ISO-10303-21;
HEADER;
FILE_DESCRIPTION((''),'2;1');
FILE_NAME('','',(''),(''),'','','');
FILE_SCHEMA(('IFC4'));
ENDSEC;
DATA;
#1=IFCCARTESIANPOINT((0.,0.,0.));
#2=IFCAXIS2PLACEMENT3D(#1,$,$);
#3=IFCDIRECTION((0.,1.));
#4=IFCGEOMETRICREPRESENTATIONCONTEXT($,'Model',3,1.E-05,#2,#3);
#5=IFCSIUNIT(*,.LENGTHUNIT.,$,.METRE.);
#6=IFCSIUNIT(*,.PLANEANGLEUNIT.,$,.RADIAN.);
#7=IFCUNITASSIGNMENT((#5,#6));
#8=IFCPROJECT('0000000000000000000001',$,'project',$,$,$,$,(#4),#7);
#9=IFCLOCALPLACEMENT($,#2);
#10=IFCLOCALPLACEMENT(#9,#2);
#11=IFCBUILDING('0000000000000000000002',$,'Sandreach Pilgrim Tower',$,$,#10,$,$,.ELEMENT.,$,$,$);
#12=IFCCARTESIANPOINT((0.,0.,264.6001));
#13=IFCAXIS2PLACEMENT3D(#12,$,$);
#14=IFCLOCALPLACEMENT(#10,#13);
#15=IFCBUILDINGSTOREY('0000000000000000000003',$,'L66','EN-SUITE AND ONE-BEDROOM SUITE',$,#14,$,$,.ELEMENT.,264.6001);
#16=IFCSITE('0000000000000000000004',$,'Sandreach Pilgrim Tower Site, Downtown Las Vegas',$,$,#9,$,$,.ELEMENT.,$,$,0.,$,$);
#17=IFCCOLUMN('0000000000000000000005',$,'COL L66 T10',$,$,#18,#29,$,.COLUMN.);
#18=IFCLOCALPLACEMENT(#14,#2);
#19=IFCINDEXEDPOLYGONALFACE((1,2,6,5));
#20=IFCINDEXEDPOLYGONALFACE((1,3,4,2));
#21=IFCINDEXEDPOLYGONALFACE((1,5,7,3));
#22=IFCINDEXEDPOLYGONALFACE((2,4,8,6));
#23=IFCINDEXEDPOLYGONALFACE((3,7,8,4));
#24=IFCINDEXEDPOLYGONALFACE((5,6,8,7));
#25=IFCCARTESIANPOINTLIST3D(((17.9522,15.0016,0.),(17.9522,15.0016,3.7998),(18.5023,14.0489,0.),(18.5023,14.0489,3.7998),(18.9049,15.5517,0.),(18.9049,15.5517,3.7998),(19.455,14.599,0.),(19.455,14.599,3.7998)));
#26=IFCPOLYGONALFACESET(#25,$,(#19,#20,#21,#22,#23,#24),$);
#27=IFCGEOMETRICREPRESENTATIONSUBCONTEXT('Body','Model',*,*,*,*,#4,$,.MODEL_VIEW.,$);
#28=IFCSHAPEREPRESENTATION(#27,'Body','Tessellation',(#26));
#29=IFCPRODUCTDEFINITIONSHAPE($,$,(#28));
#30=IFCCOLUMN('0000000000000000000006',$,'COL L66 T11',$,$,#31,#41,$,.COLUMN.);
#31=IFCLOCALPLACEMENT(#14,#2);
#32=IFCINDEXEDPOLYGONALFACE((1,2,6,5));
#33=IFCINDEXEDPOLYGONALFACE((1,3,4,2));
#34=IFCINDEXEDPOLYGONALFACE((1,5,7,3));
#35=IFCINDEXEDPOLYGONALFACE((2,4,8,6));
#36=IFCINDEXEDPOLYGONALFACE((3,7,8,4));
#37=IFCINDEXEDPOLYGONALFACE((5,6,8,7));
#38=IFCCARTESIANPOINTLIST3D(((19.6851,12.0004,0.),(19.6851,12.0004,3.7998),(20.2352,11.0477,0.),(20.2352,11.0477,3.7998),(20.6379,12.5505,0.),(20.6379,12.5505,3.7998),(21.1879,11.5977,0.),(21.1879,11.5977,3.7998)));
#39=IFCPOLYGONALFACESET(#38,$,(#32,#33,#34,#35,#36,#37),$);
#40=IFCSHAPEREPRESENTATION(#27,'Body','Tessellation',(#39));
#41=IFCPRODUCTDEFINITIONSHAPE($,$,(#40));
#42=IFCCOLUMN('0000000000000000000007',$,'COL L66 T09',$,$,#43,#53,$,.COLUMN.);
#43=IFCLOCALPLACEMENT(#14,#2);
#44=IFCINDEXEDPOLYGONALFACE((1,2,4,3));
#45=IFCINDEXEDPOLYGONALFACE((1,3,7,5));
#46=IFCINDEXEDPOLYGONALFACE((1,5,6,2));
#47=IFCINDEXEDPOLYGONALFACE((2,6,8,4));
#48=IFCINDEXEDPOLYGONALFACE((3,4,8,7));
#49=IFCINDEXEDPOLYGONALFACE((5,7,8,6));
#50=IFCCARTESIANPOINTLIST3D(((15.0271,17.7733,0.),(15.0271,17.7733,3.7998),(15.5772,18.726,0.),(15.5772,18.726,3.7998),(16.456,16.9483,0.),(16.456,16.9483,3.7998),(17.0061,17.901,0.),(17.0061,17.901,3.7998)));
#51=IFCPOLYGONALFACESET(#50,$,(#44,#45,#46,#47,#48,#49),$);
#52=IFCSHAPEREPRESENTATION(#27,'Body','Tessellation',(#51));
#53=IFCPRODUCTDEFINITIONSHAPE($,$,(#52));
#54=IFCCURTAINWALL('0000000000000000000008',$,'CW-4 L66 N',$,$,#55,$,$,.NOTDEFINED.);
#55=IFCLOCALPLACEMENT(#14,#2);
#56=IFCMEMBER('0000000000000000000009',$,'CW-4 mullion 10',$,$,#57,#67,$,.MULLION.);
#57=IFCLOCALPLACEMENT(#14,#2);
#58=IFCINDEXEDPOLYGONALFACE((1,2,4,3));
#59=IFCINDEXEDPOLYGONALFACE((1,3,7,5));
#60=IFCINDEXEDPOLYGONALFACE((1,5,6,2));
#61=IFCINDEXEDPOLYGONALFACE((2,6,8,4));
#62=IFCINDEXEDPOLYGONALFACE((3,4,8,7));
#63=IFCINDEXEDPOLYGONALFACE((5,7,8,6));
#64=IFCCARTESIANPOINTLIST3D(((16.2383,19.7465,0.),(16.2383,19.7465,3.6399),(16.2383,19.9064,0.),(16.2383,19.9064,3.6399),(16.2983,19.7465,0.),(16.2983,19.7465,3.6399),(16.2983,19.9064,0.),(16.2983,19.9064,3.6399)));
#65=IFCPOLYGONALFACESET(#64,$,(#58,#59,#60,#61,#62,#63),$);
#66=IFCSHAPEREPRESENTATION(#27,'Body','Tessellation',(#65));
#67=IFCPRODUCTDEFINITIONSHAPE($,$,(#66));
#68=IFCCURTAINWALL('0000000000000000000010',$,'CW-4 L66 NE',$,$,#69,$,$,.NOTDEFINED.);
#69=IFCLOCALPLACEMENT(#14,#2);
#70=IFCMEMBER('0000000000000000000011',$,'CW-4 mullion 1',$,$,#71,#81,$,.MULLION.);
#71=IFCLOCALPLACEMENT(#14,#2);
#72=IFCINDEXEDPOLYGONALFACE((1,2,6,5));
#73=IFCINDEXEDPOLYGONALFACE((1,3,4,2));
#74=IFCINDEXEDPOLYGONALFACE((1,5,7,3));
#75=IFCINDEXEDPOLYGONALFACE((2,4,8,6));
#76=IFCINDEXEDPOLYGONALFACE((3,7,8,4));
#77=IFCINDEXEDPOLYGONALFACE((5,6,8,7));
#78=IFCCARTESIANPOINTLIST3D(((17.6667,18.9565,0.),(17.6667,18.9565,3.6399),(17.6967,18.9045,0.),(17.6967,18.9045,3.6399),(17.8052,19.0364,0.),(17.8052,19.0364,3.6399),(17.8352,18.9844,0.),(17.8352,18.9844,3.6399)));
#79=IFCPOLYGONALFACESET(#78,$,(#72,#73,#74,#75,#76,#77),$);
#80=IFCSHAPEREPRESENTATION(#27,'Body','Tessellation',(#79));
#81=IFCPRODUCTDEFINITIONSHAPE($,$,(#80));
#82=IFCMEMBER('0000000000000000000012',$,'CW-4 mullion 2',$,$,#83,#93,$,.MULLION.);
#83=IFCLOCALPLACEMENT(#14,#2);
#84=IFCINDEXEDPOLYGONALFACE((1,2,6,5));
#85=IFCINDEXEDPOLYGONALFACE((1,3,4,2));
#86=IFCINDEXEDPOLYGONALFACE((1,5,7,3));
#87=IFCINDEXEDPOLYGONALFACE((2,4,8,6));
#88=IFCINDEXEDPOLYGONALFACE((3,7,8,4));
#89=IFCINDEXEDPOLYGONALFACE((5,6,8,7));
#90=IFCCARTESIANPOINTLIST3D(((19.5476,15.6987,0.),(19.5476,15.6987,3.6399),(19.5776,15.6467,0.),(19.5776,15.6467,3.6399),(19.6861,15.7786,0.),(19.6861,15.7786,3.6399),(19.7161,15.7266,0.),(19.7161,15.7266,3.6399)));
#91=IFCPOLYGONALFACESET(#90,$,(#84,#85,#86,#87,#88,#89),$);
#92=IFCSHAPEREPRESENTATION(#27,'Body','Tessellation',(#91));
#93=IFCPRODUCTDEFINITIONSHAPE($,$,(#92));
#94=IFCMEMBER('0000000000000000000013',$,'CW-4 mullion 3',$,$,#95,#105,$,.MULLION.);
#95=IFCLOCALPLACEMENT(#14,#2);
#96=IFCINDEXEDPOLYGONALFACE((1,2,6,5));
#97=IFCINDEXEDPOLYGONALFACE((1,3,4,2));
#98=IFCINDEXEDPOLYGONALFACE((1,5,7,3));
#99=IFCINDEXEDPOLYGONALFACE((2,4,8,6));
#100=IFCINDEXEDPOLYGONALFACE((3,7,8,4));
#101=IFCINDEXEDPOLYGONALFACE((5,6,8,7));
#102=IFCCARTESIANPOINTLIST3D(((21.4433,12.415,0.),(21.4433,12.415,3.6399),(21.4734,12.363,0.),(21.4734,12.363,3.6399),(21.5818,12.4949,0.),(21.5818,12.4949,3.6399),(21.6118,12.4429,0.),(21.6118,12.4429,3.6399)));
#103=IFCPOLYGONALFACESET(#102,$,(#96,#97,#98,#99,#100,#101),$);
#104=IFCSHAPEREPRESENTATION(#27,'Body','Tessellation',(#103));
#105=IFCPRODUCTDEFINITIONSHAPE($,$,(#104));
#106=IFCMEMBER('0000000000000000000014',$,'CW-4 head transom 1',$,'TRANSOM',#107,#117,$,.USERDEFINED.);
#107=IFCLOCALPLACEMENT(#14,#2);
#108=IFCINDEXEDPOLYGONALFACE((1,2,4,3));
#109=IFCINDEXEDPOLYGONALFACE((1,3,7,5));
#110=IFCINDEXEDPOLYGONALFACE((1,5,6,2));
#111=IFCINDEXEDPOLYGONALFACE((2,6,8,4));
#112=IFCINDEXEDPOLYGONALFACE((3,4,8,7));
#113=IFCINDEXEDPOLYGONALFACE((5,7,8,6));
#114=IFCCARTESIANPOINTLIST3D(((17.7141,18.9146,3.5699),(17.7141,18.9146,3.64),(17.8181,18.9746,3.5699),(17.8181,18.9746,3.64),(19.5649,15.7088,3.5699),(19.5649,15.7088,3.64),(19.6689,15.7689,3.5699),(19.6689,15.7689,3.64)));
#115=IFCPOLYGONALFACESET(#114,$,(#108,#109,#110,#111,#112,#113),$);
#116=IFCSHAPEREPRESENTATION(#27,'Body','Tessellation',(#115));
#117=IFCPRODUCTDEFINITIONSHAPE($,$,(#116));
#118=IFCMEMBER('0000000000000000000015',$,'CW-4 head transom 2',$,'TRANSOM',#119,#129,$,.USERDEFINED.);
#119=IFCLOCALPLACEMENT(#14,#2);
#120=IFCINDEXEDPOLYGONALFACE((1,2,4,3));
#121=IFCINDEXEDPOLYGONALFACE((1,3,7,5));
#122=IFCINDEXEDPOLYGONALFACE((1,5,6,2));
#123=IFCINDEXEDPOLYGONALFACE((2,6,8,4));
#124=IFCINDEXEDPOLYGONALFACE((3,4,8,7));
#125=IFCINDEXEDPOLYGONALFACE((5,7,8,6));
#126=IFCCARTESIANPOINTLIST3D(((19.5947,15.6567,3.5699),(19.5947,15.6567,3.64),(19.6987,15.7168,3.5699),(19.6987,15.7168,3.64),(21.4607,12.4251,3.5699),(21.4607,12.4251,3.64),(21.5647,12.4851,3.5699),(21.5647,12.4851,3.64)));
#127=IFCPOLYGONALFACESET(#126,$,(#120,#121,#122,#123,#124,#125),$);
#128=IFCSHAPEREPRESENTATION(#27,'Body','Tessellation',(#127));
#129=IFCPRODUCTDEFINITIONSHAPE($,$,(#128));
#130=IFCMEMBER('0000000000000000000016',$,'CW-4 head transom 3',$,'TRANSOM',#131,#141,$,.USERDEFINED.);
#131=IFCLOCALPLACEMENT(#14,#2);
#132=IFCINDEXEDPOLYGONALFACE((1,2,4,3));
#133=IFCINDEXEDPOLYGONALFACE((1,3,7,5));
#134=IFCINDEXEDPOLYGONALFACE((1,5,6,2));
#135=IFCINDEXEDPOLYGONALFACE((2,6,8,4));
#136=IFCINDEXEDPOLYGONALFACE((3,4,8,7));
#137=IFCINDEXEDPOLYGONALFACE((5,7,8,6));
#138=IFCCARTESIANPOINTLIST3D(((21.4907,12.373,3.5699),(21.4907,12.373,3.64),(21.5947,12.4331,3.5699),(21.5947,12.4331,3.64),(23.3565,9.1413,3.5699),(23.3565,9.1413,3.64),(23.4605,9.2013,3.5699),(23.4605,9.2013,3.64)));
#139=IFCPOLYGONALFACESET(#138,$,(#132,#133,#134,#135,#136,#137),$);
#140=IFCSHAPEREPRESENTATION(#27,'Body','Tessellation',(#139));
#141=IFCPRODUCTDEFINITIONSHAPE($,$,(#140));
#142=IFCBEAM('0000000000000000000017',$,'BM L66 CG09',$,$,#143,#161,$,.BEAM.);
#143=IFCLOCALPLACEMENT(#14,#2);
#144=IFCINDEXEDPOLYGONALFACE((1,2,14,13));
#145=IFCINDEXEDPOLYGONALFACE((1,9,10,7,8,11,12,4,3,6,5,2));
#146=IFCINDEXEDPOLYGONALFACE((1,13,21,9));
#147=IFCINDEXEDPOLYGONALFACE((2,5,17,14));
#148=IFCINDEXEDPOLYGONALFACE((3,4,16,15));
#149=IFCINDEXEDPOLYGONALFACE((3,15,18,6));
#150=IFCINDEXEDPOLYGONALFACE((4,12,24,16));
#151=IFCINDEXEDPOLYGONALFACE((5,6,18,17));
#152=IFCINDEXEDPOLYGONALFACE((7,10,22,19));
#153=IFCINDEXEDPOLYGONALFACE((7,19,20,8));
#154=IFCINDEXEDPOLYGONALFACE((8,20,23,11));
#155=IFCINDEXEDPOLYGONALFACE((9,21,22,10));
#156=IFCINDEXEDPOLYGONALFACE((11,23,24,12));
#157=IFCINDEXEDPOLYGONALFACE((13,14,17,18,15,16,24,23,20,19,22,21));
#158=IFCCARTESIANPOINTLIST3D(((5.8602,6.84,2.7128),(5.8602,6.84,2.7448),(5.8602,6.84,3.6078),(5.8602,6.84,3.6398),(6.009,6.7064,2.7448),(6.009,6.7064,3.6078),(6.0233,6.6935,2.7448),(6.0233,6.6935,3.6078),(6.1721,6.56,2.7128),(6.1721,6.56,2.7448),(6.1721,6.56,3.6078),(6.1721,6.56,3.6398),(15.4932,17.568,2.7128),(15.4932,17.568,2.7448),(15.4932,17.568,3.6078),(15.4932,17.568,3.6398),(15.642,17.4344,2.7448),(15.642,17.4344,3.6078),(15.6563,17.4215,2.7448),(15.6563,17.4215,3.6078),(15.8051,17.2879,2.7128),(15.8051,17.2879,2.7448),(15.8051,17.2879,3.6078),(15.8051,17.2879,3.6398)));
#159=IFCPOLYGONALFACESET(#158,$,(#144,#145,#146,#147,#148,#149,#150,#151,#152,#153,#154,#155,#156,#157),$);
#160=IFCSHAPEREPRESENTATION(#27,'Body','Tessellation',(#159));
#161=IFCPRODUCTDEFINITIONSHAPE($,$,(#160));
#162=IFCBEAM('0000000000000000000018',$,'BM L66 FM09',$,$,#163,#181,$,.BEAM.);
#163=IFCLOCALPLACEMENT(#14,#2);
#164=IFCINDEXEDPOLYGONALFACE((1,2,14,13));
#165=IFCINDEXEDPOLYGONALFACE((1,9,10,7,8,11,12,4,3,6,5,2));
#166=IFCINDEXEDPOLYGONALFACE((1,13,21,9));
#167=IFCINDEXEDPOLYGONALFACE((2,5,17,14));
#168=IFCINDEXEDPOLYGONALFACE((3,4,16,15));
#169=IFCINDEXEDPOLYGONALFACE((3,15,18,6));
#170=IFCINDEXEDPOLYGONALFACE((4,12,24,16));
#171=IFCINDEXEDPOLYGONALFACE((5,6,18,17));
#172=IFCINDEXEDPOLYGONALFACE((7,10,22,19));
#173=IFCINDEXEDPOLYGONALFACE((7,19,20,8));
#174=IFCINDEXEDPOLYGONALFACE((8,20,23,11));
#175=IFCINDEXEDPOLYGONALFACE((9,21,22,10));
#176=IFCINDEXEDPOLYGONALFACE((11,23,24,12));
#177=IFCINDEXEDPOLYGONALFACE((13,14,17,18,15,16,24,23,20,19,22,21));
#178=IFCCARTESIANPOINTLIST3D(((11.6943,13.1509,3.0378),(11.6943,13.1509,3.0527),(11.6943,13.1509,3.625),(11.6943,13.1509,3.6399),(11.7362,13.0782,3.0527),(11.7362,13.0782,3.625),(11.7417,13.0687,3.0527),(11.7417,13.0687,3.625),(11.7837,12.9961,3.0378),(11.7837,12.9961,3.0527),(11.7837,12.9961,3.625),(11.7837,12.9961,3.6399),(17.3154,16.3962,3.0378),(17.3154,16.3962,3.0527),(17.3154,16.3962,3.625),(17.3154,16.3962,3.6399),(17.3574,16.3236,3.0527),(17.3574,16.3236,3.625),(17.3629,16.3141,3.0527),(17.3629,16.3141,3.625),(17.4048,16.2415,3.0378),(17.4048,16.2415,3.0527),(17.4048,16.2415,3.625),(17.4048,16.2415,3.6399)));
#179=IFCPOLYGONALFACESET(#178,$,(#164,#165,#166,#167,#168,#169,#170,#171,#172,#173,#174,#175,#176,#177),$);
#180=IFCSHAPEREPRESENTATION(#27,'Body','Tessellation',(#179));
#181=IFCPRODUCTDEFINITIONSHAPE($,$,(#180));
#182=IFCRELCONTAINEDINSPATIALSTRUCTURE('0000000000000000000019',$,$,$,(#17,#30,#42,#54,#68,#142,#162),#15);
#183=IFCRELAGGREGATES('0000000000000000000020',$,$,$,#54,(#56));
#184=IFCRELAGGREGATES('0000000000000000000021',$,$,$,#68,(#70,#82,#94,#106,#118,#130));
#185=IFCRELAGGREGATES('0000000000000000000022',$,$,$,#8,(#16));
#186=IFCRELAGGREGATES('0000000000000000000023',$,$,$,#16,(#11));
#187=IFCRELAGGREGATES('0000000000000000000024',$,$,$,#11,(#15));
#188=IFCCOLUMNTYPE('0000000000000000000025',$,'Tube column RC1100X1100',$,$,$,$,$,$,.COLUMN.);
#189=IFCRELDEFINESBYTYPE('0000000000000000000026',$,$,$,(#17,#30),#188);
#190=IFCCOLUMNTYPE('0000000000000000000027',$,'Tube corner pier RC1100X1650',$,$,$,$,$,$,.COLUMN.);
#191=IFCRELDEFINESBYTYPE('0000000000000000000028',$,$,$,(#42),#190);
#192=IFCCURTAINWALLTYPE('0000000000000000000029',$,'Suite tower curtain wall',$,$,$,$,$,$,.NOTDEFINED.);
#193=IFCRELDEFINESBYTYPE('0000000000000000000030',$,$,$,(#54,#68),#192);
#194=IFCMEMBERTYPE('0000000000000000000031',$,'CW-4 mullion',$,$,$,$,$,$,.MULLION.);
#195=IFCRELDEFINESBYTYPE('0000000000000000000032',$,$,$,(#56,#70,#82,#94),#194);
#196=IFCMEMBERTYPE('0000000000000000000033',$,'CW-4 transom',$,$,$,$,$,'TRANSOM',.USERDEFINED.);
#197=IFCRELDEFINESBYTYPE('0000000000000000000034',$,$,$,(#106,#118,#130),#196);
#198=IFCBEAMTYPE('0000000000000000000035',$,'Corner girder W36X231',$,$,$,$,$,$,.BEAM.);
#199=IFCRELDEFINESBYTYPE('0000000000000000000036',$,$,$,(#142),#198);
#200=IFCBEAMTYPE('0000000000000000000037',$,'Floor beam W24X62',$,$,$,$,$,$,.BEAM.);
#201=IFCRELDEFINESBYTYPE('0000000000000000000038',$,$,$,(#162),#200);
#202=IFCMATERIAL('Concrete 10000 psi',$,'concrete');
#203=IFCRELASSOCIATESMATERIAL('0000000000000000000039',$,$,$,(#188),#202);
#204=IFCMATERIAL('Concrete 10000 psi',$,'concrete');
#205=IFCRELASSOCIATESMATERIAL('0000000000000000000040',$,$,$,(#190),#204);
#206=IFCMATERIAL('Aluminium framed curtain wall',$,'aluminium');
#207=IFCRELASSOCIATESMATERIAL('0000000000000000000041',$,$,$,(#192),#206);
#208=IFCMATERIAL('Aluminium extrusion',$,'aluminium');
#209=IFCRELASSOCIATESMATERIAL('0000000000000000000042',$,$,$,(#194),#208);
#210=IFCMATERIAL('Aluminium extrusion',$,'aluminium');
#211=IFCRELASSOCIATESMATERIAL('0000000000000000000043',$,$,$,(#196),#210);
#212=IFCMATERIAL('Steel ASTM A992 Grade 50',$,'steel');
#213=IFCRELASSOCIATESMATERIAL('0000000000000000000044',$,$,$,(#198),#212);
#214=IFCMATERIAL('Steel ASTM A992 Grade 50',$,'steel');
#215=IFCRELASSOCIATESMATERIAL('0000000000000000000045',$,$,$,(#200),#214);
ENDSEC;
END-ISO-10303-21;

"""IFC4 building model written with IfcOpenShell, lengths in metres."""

from ifc_helpers import new_model, si_unit, direction, frame, origin, origin_2d, place, context, subcontext, project, spatial, rectangle, i_section, extrude, material, material_profile, profile_set, type_object, element, aggregate, save


model = new_model("IFC4")

# Units and contexts
model_context = context("Model", 3, precision=1e-05, world=origin(), true_north=direction((0.0, 1.0)))
body_context = subcontext(model_context, "Body", "Model", "MODEL_VIEW")
ifc_project = project(units=[si_unit("LENGTHUNIT", "METRE"), si_unit("PLANEANGLEUNIT", "RADIAN")], contexts=[model_context])

# Site, building, storey
site_placement = place(None, origin())
site = spatial("IfcSite", under=ifc_project, at=site_placement, Name="Sandreach Pilgrim Tower Site, Downtown Las Vegas", CompositionType="ELEMENT", RefElevation=0.0)
building_placement = place(site_placement, origin())
building = spatial("IfcBuilding", under=site, at=building_placement, Name="Sandreach Pilgrim Tower", CompositionType="ELEMENT")
storey_placement = place(building_placement, frame((0.0, 0.0, 264.6001)))
storey = spatial("IfcBuildingStorey", under=building, at=storey_placement, Name="L66", Description="EN-SUITE AND ONE-BEDROOM SUITE", CompositionType="ELEMENT", Elevation=264.6001)

# Columns
ifc_material_1 = material(Name="Concrete 10000 psi", Category="concrete")
ifc_material_profile_1 = material_profile(ifc_material_1, rectangle(XDim=1.1001, YDim=1.1001, at=origin_2d()), Name="RC1100X1100")
ifc_profile_set_1 = profile_set([ifc_material_profile_1], Name="Concrete 10000 psi")
column_type_1 = type_object("IfcColumnType", Name="Tube column RC1100X1100", PredefinedType="COLUMN", material=ifc_profile_set_1)
for number, where, z_axis, x_axis, name in (
    (1, (18.7036, 14.8003, 0.0), (0.0, 0.0, 1.0), (0.866025, 0.5, 0.0), "COL L66 T10"),
    (2, (20.4365, 11.7991, 0.0), (0.0, 0.0, 1.0), (0.866025, 0.5, 0.0), "COL L66 T11"),
):
    element("IfcColumn", number, at=place(storey_placement, frame(where, z_axis=z_axis, x_axis=x_axis)), inside=storey, type_object=column_type_1, Name=name, PredefinedType="COLUMN", context=body_context, shape_type="SweptSolid", body=[
        extrude(rectangle(XDim=1.1001, YDim=1.1001, at=origin_2d()), origin(), (0.0, 0.0, 1.0), 3.7998),
    ])
ifc_material_2 = material(Name="Concrete 10000 psi", Category="concrete")
ifc_material_profile_2 = material_profile(ifc_material_2, rectangle(XDim=1.1001, YDim=1.6499, at=origin_2d()), Name="RC1100X1650")
ifc_profile_set_2 = profile_set([ifc_material_profile_2], Name="Concrete 10000 psi")
column_type_2 = type_object("IfcColumnType", Name="Tube corner pier RC1100X1650", PredefinedType="COLUMN", material=ifc_profile_set_2)
column_placement = place(storey_placement, frame((16.0166, 17.8372, 0.0), z_axis=(0.0, 0.0, 1.0), x_axis=(0.5, 0.866025, 0.0)))
element("IfcColumn", 3, at=column_placement, inside=storey, type_object=column_type_2, Name="COL L66 T09", PredefinedType="COLUMN", context=body_context, shape_type="SweptSolid", body=[
    extrude(rectangle(XDim=1.1001, YDim=1.6499, at=origin_2d()), origin(), (0.0, 0.0, 1.0), 3.7998),
])

# Curtain wall, member
ifc_material_3 = material(Name="Aluminium framed curtain wall", Category="aluminium")
curtain_wall_type = type_object("IfcCurtainWallType", Name="Suite tower curtain wall", PredefinedType="NOTDEFINED", material=ifc_material_3)
curtain_wall_1_placement = place(storey_placement, origin())
curtain_wall_1 = element("IfcCurtainWall", 4, at=curtain_wall_1_placement, inside=storey, type_object=curtain_wall_type, Name="CW-4 L66 N", PredefinedType="NOTDEFINED")
ifc_material_4 = material(Name="Aluminium extrusion", Category="aluminium")
ifc_material_profile_3 = material_profile(ifc_material_4, rectangle(XDim=0.0601, YDim=0.1599, at=origin_2d()), Name="CW-4M 60X160")
ifc_profile_set_3 = profile_set([ifc_material_profile_3], Name="Aluminium extrusion")
member_type_1 = type_object("IfcMemberType", Name="CW-4 mullion", PredefinedType="MULLION", material=ifc_profile_set_3)
member_1_placement = place(storey_placement, frame((16.2683, 19.8264, 0.0), z_axis=(0.0, 0.0, 1.0), x_axis=(1.0, 0.0, 0.0)))
member_1 = element("IfcMember", 5, at=member_1_placement, type_object=member_type_1, Name="CW-4 mullion 10", PredefinedType="MULLION", context=body_context, shape_type="SweptSolid", body=[
    extrude(rectangle(XDim=0.0601, YDim=0.1599, at=origin_2d()), origin(), (0.0, 0.0, 1.0), 3.6399),
])
aggregate(curtain_wall_1, [member_1])

# Curtain wall, members
curtain_wall_2_placement = place(storey_placement, origin())
curtain_wall_2 = element("IfcCurtainWall", 6, at=curtain_wall_2_placement, inside=storey, type_object=curtain_wall_type, Name="CW-4 L66 NE", PredefinedType="NOTDEFINED")
member_2_placement = place(storey_placement, frame((17.751, 18.9705, 0.0), z_axis=(0.0, 0.0, 1.0), x_axis=(0.5, -0.866025, 0.0)))
member_2 = element("IfcMember", 7, at=member_2_placement, type_object=member_type_1, Name="CW-4 mullion 1", PredefinedType="MULLION", context=body_context, shape_type="SweptSolid", body=[
    extrude(rectangle(XDim=0.0601, YDim=0.1599, at=origin_2d()), origin(), (0.0, 0.0, 1.0), 3.6399),
])
member_3_placement = place(storey_placement, frame((19.6318, 15.7126, 0.0), z_axis=(0.0, 0.0, 1.0), x_axis=(0.5, -0.866025, 0.0)))
member_3 = element("IfcMember", 8, at=member_3_placement, type_object=member_type_1, Name="CW-4 mullion 2", PredefinedType="MULLION", context=body_context, shape_type="SweptSolid", body=[
    extrude(rectangle(XDim=0.0601, YDim=0.1599, at=origin_2d()), origin(), (0.0, 0.0, 1.0), 3.6399),
])
member_4_placement = place(storey_placement, frame((21.5276, 12.429, 0.0), z_axis=(0.0, 0.0, 1.0), x_axis=(0.5, -0.866025, 0.0)))
member_4 = element("IfcMember", 9, at=member_4_placement, type_object=member_type_1, Name="CW-4 mullion 3", PredefinedType="MULLION", context=body_context, shape_type="SweptSolid", body=[
    extrude(rectangle(XDim=0.0601, YDim=0.1599, at=origin_2d()), origin(), (0.0, 0.0, 1.0), 3.6399),
])
ifc_material_5 = material(Name="Aluminium extrusion", Category="aluminium")
ifc_material_profile_4 = material_profile(ifc_material_5, rectangle(XDim=0.1201, YDim=0.0701, at=origin_2d()), Name="CW-4T 120X70")
ifc_profile_set_4 = profile_set([ifc_material_profile_4], Name="Aluminium extrusion")
member_type_2 = type_object("IfcMemberType", Name="CW-4 transom", ElementType="TRANSOM", PredefinedType="USERDEFINED", material=ifc_profile_set_4)
member_5_placement = place(storey_placement, frame((17.7661, 18.9446, 3.605), z_axis=(0.499991, -0.866031, 0.0), x_axis=(0.866031, 0.499991, 0.0)))
member_5 = element("IfcMember", 10, at=member_5_placement, type_object=member_type_2, Name="CW-4 head transom 1", ObjectType="TRANSOM", PredefinedType="USERDEFINED", context=body_context, shape_type="SweptSolid", body=[
    extrude(rectangle(XDim=0.1201, YDim=0.0701, at=origin_2d()), origin(), (0.0, 0.0, 1.0), 3.7017),
])
member_6_placement = place(storey_placement, frame((19.6467, 15.6868, 3.605), z_axis=(0.50003, -0.866008, 0.0), x_axis=(0.866008, 0.50003, 0.0)))
member_6 = element("IfcMember", 11, at=member_6_placement, type_object=member_type_2, Name="CW-4 head transom 2", ObjectType="TRANSOM", PredefinedType="USERDEFINED", context=body_context, shape_type="SweptSolid", body=[
    extrude(rectangle(XDim=0.1201, YDim=0.0701, at=origin_2d()), origin(), (0.0, 0.0, 1.0), 3.7317),
])
member_7_placement = place(storey_placement, frame((21.5427, 12.4031, 3.605), z_axis=(0.499981, -0.866036, 0.0), x_axis=(0.866036, 0.499981, 0.0)))
member_7 = element("IfcMember", 12, at=member_7_placement, type_object=member_type_2, Name="CW-4 head transom 3", ObjectType="TRANSOM", PredefinedType="USERDEFINED", context=body_context, shape_type="SweptSolid", body=[
    extrude(rectangle(XDim=0.1201, YDim=0.0701, at=origin_2d()), origin(), (0.0, 0.0, 1.0), 3.7317),
])

# Beams
ifc_material_6 = material(Name="Steel ASTM A992 Grade 50", Category="steel")
ifc_material_profile_5 = material_profile(ifc_material_6, i_section(OverallWidth=0.4192, OverallDepth=0.927, WebThickness=0.0193, FlangeThickness=0.032, at=origin_2d()), Name="W36X231")
ifc_profile_set_5 = profile_set([ifc_material_profile_5], Name="Steel ASTM A992 Grade 50")
beam_type_1 = type_object("IfcBeamType", Name="Corner girder W36X231", PredefinedType="BEAM", material=ifc_profile_set_5)
beam_1_placement = place(storey_placement, frame((15.6492, 17.428, 3.1763), z_axis=(-0.668115, -0.744058, 0.0), x_axis=(0.744058, -0.668115, 0.0)))
element("IfcBeam", 13, at=beam_1_placement, inside=storey, type_object=beam_type_1, Name="BM L66 CG09", PredefinedType="BEAM", context=body_context, shape_type="SweptSolid", body=[
    extrude(i_section(OverallWidth=0.4192, OverallDepth=0.927, WebThickness=0.0193, FlangeThickness=0.032, at=origin_2d()), origin(), (0.0, 0.0, 1.0), 14.4182),
])
ifc_material_7 = material(Name="Steel ASTM A992 Grade 50", Category="steel")
ifc_material_profile_6 = material_profile(ifc_material_7, i_section(OverallWidth=0.1787, OverallDepth=0.6021, WebThickness=0.011, FlangeThickness=0.0149, at=origin_2d()), Name="W24X62")
ifc_profile_set_6 = profile_set([ifc_material_profile_6], Name="Steel ASTM A992 Grade 50")
beam_type_2 = type_object("IfcBeamType", Name="Floor beam W24X62", PredefinedType="BEAM", material=ifc_profile_set_6)
beam_2_placement = place(storey_placement, frame((17.3601, 16.3188, 3.3389), z_axis=(-0.866024, -0.500002, 0.0), x_axis=(0.500002, -0.866024, 0.0)))
element("IfcBeam", 14, at=beam_2_placement, inside=storey, type_object=beam_type_2, Name="BM L66 FM09", PredefinedType="BEAM", context=body_context, shape_type="SweptSolid", body=[
    extrude(i_section(OverallWidth=0.1787, OverallDepth=0.6021, WebThickness=0.011, FlangeThickness=0.0149, at=origin_2d()), origin(), (0.0, 0.0, 1.0), 6.4907),
])

aggregate(curtain_wall_2, [member_2, member_3, member_4, member_5, member_6, member_7])

save(model, "model.ifc")
